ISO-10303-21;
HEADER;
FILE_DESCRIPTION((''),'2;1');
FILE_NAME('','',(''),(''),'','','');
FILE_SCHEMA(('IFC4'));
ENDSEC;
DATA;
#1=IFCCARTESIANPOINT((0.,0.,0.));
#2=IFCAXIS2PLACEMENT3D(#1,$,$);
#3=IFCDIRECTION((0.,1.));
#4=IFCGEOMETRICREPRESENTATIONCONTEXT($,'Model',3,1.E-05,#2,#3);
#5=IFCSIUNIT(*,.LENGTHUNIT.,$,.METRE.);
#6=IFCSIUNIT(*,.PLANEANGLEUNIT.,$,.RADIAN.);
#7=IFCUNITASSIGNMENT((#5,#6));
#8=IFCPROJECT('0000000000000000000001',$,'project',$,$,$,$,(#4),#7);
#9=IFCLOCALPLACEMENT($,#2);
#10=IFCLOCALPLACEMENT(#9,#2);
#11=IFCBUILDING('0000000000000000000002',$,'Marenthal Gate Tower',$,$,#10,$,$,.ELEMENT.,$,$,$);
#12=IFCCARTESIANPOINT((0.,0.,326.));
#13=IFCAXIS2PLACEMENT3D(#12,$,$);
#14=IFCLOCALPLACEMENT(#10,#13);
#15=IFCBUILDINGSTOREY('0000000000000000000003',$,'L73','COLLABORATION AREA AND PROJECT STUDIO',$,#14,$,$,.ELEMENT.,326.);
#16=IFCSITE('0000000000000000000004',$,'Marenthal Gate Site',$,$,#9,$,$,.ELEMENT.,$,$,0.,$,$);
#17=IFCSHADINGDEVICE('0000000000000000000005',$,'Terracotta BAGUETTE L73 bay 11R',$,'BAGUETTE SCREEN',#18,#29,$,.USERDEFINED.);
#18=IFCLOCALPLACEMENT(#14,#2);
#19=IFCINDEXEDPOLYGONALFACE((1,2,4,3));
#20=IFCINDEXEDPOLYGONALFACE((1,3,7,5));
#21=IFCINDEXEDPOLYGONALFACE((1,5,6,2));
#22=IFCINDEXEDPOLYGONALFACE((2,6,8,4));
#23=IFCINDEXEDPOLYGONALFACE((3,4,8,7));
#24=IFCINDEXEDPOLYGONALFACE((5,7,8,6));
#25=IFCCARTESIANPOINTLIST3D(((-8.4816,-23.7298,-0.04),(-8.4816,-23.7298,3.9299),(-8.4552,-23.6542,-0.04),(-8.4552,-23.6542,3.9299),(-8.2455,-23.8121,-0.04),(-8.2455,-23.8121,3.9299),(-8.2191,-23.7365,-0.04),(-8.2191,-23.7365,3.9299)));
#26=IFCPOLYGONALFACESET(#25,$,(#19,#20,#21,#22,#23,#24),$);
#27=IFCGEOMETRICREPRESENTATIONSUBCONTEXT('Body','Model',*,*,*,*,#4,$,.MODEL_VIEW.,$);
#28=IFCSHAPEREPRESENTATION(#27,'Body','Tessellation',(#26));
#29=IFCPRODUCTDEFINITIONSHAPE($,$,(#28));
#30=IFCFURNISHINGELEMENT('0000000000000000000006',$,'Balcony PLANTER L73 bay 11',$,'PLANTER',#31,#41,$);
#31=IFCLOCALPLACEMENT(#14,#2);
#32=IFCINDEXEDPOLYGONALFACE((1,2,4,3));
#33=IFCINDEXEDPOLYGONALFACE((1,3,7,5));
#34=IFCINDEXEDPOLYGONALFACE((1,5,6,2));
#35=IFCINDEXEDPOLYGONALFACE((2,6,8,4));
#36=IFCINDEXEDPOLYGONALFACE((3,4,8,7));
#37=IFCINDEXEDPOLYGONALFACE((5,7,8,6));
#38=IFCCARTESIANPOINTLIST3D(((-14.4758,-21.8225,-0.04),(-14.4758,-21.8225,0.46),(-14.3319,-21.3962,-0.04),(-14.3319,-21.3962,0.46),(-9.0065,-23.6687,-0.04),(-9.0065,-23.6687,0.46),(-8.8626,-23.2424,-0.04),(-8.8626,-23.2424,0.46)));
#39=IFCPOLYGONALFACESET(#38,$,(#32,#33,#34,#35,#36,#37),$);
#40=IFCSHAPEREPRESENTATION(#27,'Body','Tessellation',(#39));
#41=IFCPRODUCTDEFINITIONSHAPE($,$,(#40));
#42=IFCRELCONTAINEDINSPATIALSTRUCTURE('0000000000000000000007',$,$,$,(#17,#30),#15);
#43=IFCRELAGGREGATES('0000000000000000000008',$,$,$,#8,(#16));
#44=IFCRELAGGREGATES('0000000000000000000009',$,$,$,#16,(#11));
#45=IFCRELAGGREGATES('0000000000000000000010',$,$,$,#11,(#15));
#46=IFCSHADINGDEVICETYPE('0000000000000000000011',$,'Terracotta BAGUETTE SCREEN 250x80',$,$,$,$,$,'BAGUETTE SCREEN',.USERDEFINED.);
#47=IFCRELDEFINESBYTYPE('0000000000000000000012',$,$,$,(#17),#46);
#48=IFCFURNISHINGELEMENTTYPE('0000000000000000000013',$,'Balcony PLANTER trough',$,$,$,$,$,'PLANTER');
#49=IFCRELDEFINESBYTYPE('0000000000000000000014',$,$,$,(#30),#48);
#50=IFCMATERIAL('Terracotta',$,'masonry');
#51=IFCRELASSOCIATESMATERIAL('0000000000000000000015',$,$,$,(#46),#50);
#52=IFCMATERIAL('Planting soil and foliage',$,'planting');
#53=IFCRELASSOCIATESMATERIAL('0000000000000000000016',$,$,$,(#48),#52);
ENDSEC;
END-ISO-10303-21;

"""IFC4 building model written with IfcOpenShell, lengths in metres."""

from ifc_helpers import new_model, si_unit, direction, frame, origin, origin_2d, place, context, subcontext, project, spatial, rectangle, extrude, material, material_profile, profile_set, type_object, element, save


model = new_model("IFC4")

# Units and contexts
model_context = context("Model", 3, precision=1e-05, world=origin(), true_north=direction((0.0, 1.0)))
body_context = subcontext(model_context, "Body", "Model", "MODEL_VIEW")
ifc_project = project(units=[si_unit("LENGTHUNIT", "METRE"), si_unit("PLANEANGLEUNIT", "RADIAN")], contexts=[model_context])

# Site, building, storey
site_placement = place(None, origin())
site = spatial("IfcSite", under=ifc_project, at=site_placement, Name="Marenthal Gate Site", CompositionType="ELEMENT", RefElevation=0.0)
building_placement = place(site_placement, origin())
building = spatial("IfcBuilding", under=site, at=building_placement, Name="Marenthal Gate Tower", CompositionType="ELEMENT")
storey_placement = place(building_placement, frame((0.0, 0.0, 326.0)))
storey = spatial("IfcBuildingStorey", under=building, at=storey_placement, Name="L73", Description="COLLABORATION AREA AND PROJECT STUDIO", CompositionType="ELEMENT", Elevation=326.0)

# Shading device
ifc_material_1 = material(Name="Terracotta", Category="masonry")
ifc_material_profile_1 = material_profile(ifc_material_1, rectangle(XDim=0.25, YDim=0.0801, at=origin_2d()), Name="Terracotta baguette 250x80")
ifc_profile_set_1 = profile_set([ifc_material_profile_1], Name="Terracotta")
shading_device_type = type_object("IfcShadingDeviceType", Name="Terracotta BAGUETTE SCREEN 250x80", ElementType="BAGUETTE SCREEN", PredefinedType="USERDEFINED", material=ifc_profile_set_1)
shading_device_placement = place(storey_placement, frame((-8.3503, -23.7332, -0.04), z_axis=(0.0, 0.0, 1.0), x_axis=(0.944214, -0.329333, 0.0)))
element("IfcShadingDevice", 1, at=shading_device_placement, inside=storey, type_object=shading_device_type, Name="Terracotta BAGUETTE L73 bay 11R", ObjectType="BAGUETTE SCREEN", PredefinedType="USERDEFINED", context=body_context, shape_type="SweptSolid", body=[
    extrude(rectangle(XDim=0.25, YDim=0.0801, at=origin_2d()), origin(), (0.0, 0.0, 1.0), 3.97),
])

# Furnishing element
ifc_material_2 = material(Name="Planting soil and foliage", Category="planting")
furnishing_element_type = type_object("IfcFurnishingElementType", Name="Balcony PLANTER trough", ElementType="PLANTER", material=ifc_material_2)
furnishing_placement = place(storey_placement, frame((-11.6692, -22.5325, -0.04), z_axis=(0.0, 0.0, 1.0), x_axis=(0.947473, -0.319835, 0.0)))
element("IfcFurnishingElement", 2, at=furnishing_placement, inside=storey, type_object=furnishing_element_type, Name="Balcony PLANTER L73 bay 11", ObjectType="PLANTER", context=body_context, shape_type="SweptSolid", body=[
    extrude(rectangle(XDim=5.7725, YDim=0.45, at=origin_2d()), origin(), (0.0, 0.0, 1.0), 0.5),
])

save(model, "model.ifc")
